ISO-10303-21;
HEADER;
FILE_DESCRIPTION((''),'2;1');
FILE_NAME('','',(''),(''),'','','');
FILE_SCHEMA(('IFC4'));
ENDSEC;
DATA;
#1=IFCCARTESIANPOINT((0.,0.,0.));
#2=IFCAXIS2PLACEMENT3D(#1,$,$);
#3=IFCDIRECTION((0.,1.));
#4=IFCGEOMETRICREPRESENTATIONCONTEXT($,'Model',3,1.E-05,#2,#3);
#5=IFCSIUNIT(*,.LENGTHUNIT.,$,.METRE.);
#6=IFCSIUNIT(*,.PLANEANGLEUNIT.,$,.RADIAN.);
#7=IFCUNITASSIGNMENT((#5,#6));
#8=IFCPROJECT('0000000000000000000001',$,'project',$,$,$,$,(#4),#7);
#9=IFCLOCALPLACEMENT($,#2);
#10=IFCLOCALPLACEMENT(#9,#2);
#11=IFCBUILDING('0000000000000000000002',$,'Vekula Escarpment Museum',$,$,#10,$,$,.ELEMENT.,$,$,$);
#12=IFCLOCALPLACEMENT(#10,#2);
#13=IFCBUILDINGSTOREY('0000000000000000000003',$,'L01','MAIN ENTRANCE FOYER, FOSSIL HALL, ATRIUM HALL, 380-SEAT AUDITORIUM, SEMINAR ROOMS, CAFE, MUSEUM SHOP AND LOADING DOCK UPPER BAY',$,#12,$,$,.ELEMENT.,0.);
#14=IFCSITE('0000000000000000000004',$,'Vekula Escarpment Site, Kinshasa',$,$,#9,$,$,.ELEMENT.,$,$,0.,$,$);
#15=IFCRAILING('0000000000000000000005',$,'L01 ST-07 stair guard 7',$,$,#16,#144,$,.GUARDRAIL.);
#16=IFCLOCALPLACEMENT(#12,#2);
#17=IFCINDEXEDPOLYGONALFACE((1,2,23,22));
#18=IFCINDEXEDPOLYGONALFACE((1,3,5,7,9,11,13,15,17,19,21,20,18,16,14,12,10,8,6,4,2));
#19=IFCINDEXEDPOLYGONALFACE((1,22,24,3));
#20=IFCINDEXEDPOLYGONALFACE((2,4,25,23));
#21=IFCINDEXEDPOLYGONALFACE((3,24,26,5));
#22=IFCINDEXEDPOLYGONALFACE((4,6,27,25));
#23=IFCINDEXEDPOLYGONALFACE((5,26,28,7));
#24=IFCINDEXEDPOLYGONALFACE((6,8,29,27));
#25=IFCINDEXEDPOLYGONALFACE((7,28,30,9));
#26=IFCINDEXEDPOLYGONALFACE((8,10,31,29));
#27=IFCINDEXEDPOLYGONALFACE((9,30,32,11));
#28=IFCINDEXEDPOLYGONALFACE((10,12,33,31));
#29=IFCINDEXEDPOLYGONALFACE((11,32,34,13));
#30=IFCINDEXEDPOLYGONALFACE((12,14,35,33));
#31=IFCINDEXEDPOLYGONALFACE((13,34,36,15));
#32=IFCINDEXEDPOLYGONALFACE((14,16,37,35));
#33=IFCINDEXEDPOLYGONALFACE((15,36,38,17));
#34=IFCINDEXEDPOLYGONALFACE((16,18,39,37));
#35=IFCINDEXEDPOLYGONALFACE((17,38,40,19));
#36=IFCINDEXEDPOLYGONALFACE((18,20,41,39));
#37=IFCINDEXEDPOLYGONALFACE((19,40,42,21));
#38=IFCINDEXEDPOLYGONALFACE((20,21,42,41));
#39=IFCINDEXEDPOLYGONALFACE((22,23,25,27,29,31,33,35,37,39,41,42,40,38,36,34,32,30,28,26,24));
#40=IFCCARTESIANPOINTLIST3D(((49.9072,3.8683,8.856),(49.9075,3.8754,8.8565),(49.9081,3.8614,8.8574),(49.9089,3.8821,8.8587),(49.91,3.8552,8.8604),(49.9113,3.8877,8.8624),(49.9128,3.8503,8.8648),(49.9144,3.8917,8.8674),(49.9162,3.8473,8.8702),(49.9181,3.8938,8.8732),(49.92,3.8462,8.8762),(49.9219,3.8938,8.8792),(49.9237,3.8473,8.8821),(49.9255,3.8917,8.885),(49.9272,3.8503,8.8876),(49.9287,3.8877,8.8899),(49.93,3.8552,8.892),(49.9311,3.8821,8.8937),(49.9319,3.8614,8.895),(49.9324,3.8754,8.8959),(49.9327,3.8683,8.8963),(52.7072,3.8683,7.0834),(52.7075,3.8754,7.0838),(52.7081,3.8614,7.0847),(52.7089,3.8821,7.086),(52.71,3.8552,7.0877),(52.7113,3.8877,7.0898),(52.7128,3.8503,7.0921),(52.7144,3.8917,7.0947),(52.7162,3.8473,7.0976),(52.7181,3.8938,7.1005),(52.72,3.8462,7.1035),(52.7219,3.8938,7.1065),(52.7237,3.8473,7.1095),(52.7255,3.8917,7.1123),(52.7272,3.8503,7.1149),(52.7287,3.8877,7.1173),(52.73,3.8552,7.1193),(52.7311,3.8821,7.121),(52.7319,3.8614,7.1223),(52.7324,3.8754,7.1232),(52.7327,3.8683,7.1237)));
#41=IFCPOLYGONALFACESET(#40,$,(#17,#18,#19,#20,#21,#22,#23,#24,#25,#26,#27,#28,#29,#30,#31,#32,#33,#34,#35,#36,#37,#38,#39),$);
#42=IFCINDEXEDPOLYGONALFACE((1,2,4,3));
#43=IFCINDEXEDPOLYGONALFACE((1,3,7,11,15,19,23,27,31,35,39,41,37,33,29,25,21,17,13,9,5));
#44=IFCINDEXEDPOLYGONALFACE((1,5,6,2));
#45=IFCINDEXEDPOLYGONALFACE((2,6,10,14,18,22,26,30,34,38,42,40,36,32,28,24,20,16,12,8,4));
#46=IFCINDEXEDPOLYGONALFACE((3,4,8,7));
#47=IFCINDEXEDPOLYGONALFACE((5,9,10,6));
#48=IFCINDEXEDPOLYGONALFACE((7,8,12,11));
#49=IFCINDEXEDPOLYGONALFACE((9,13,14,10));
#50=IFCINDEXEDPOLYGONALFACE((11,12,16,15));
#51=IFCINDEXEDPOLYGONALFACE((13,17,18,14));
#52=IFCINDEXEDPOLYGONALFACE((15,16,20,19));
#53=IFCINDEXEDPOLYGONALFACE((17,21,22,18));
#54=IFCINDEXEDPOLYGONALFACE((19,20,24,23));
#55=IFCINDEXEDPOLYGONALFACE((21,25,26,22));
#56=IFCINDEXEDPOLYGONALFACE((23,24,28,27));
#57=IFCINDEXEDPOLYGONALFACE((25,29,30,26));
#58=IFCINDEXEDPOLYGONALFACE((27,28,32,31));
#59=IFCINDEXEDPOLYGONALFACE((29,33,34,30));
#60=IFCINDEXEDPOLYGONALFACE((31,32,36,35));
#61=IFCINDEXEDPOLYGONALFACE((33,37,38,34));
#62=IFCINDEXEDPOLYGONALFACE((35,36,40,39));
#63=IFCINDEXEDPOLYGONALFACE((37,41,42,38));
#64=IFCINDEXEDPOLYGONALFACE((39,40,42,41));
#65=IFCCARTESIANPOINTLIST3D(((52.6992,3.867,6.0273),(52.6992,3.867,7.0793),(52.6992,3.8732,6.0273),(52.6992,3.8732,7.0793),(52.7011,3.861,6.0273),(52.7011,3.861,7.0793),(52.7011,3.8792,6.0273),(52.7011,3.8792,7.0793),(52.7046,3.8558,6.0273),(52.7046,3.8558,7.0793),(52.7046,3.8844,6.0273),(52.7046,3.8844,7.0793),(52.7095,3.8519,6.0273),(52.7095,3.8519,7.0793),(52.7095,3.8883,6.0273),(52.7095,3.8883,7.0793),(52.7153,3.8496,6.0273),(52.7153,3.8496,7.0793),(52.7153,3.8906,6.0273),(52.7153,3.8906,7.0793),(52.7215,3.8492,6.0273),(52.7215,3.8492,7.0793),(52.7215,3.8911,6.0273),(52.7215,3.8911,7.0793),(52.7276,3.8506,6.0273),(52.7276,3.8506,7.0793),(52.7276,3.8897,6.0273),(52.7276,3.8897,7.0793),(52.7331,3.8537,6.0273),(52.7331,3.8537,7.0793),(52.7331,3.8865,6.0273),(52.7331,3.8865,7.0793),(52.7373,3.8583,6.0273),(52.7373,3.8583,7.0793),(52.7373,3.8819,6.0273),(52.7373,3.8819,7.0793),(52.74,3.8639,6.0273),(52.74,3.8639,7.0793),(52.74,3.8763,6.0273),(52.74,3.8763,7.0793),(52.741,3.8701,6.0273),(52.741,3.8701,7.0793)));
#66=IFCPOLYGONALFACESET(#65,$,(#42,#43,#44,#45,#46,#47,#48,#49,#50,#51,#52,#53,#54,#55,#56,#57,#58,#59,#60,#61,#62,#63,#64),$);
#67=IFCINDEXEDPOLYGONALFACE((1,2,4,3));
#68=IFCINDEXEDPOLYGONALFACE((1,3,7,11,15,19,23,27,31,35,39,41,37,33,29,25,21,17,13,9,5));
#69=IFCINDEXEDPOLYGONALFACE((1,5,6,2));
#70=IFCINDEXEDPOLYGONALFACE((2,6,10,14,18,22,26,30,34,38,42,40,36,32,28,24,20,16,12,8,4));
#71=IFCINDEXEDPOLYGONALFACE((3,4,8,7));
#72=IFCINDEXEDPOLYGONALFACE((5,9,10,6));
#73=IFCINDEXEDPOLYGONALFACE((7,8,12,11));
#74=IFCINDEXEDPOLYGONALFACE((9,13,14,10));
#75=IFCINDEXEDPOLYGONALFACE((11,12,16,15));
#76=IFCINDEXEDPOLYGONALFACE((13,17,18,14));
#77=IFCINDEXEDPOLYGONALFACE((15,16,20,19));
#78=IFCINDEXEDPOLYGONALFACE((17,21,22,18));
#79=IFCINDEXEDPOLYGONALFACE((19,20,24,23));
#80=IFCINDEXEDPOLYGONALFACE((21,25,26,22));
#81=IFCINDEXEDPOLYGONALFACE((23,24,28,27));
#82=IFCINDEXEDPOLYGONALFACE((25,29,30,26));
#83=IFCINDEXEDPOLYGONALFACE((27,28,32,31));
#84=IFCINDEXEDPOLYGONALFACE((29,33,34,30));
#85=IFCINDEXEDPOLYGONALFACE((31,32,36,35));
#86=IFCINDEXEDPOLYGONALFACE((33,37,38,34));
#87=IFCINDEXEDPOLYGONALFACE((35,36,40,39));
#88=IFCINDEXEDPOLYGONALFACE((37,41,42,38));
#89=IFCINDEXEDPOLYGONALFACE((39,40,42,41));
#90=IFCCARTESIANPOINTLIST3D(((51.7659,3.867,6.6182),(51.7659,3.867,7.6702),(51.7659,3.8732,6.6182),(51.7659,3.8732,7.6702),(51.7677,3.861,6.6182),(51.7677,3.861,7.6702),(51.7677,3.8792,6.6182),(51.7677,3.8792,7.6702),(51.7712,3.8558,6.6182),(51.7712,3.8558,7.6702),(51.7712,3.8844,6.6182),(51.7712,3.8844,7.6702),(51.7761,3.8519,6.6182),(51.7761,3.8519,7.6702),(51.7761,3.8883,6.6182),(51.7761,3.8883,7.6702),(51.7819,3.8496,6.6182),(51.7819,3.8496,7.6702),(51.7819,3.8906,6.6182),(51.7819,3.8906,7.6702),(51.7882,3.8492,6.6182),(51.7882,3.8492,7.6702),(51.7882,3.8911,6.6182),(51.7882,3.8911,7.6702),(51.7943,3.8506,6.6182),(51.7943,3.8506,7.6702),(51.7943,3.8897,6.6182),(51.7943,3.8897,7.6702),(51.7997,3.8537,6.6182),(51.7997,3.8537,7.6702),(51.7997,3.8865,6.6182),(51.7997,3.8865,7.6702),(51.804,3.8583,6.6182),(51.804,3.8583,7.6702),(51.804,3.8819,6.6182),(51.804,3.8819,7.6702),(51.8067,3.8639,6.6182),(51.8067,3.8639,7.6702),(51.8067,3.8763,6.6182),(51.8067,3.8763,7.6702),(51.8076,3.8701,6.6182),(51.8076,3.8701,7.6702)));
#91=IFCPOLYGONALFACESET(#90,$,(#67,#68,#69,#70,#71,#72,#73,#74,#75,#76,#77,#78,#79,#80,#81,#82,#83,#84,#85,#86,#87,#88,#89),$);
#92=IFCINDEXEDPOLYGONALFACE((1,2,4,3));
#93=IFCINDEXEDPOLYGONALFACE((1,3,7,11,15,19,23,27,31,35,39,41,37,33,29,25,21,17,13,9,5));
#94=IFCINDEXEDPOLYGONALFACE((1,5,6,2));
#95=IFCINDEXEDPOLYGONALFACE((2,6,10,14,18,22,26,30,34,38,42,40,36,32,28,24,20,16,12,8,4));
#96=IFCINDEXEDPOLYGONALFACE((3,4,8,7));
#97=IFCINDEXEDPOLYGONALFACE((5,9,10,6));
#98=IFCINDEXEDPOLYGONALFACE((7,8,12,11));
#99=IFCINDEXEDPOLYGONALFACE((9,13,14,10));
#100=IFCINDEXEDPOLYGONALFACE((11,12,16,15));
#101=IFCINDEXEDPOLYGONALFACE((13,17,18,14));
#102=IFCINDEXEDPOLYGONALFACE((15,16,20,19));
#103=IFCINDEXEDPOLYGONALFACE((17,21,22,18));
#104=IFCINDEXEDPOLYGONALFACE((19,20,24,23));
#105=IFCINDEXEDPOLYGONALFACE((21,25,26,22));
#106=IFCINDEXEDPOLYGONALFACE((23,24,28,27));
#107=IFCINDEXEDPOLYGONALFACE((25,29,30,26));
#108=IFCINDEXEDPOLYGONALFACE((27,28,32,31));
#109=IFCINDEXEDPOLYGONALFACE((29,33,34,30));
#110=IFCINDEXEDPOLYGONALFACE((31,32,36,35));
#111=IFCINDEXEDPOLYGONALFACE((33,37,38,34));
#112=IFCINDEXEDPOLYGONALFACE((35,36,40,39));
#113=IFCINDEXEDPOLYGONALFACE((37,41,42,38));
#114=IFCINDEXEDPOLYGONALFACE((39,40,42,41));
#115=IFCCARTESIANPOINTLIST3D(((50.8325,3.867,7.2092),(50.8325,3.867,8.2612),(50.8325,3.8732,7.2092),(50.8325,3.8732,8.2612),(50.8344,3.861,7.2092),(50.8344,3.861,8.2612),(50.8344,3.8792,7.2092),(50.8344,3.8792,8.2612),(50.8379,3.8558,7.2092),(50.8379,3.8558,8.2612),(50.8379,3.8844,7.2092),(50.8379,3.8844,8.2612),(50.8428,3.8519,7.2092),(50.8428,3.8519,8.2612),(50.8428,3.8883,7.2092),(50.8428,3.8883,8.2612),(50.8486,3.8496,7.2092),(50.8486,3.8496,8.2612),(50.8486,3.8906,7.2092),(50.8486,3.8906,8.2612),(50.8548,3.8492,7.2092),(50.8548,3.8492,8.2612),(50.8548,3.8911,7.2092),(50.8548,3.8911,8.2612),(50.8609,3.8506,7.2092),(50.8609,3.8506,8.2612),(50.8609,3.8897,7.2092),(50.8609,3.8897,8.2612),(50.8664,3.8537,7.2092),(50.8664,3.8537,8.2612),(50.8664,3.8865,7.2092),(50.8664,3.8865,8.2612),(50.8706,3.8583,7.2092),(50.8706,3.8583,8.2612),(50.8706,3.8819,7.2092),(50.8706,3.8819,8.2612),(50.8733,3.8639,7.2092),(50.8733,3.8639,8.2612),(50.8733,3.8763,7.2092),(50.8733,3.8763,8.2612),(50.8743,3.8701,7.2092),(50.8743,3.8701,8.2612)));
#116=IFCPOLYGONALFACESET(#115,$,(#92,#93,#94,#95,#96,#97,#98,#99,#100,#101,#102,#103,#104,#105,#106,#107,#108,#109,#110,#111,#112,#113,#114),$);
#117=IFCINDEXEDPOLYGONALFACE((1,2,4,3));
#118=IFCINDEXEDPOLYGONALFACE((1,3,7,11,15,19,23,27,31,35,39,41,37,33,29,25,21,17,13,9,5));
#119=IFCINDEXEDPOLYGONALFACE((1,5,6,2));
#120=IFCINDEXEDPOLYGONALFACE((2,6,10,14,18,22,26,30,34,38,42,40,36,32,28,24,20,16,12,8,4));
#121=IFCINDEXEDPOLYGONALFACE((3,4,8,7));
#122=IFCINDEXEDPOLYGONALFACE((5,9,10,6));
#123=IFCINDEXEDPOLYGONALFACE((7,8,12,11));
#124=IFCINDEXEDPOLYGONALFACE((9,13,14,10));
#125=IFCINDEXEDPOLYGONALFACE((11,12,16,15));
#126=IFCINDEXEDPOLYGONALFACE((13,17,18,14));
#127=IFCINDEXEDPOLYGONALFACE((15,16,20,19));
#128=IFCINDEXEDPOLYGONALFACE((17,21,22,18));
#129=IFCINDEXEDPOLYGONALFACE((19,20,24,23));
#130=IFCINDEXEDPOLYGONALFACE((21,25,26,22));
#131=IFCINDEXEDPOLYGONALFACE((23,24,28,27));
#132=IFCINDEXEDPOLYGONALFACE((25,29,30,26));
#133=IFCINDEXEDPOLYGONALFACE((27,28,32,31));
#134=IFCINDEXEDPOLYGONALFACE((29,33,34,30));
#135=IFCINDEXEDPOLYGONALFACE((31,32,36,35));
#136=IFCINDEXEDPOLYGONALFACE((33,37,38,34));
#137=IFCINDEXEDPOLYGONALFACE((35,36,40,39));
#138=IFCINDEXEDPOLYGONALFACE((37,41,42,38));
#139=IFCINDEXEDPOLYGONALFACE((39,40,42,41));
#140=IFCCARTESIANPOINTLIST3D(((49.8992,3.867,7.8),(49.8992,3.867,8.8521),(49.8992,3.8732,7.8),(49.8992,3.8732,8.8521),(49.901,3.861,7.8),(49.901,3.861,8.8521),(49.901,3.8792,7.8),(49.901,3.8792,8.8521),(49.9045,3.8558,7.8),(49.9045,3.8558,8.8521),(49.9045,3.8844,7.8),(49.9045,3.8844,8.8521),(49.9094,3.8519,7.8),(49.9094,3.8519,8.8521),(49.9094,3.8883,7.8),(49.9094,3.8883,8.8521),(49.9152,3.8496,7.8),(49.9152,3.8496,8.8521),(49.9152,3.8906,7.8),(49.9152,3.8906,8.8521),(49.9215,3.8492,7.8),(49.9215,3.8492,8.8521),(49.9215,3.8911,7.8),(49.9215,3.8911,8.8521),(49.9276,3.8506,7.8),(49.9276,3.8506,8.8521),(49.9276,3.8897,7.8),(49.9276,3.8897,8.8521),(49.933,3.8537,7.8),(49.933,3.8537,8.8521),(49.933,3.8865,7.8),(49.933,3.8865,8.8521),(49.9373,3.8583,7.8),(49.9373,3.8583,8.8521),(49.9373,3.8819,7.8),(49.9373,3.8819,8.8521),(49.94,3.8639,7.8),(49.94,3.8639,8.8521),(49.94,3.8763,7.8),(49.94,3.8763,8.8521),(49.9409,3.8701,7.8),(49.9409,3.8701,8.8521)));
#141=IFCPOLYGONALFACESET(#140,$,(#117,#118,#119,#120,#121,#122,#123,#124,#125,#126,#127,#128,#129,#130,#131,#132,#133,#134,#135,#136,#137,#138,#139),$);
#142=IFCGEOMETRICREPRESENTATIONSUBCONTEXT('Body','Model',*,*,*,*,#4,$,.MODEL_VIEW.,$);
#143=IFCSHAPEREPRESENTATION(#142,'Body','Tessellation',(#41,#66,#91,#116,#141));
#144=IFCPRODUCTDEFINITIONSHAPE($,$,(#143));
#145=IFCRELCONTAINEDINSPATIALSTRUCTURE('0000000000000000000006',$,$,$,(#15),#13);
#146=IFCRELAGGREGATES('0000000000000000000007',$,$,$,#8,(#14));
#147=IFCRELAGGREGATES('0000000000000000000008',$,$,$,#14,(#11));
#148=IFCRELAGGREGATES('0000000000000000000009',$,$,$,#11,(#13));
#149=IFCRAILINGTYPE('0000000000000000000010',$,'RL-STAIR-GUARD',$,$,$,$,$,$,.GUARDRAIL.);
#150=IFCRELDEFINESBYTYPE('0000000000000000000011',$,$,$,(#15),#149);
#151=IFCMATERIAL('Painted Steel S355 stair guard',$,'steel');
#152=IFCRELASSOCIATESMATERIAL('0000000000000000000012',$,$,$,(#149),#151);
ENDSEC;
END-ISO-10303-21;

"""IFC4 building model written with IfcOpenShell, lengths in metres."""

from ifc_helpers import new_model, si_unit, direction, frame, origin, origin_2d, place, context, subcontext, project, spatial, circle, extrude, material, type_object, element, save


model = new_model("IFC4")

# Units and contexts
model_context = context("Model", 3, precision=1e-05, world=origin(), true_north=direction((0.0, 1.0)))
body_context = subcontext(model_context, "Body", "Model", "MODEL_VIEW")
ifc_project = project(units=[si_unit("LENGTHUNIT", "METRE"), si_unit("PLANEANGLEUNIT", "RADIAN")], contexts=[model_context])

# Site, building, storey
site_placement = place(None, origin())
site = spatial("IfcSite", under=ifc_project, at=site_placement, Name="Vekula Escarpment Site, Kinshasa", CompositionType="ELEMENT", RefElevation=0.0)
building_placement = place(site_placement, origin())
building = spatial("IfcBuilding", under=site, at=building_placement, Name="Vekula Escarpment Museum", CompositionType="ELEMENT")
storey_placement = place(building_placement, origin())
storey = spatial("IfcBuildingStorey", under=building, at=storey_placement, Name="L01", Description="MAIN ENTRANCE FOYER, FOSSIL HALL, ATRIUM HALL, 380-SEAT AUDITORIUM, SEMINAR ROOMS, CAFE, MUSEUM SHOP AND LOADING DOCK UPPER BAY", CompositionType="ELEMENT", Elevation=0.0)

# Railing
ifc_material_1 = material(Name="Painted Steel S355 stair guard", Category="steel")
railing_type_1 = type_object("IfcRailingType", Name="RL-STAIR-GUARD", PredefinedType="GUARDRAIL", material=ifc_material_1)
railing_1_placement = place(storey_placement, frame((52.72, 3.8701, 6.0273)))
element("IfcRailing", 1, at=railing_1_placement, inside=storey, type_object=railing_type_1, Name="L01 ST-07 stair guard 7", PredefinedType="GUARDRAIL", context=body_context, shape_type="SweptSolid", body=[
    extrude(circle(Radius=0.0239, at=origin_2d()), frame((0.0, 0.0, 1.0762), z_axis=(-0.844909, 0.0, 0.53491), x_axis=(0.0, -1.0, 0.0)), (0.0, 0.0, 1.0), 3.314),
    extrude(circle(Radius=0.021, at=origin_2d()), origin(), (0.0, 0.0, 1.0), 1.052),
    extrude(circle(Radius=0.021, at=origin_2d()), frame((-0.9333, 0.0, 0.5908)), (0.0, 0.0, 1.0), 1.052),
    extrude(circle(Radius=0.021, at=origin_2d()), frame((-1.8667, 0.0, 1.1819)), (0.0, 0.0, 1.0), 1.052),
    extrude(circle(Radius=0.021, at=origin_2d()), frame((-2.8, 0.0, 1.7727)), (0.0, 0.0, 1.0), 1.052),
])

save(model, "model.ifc")
